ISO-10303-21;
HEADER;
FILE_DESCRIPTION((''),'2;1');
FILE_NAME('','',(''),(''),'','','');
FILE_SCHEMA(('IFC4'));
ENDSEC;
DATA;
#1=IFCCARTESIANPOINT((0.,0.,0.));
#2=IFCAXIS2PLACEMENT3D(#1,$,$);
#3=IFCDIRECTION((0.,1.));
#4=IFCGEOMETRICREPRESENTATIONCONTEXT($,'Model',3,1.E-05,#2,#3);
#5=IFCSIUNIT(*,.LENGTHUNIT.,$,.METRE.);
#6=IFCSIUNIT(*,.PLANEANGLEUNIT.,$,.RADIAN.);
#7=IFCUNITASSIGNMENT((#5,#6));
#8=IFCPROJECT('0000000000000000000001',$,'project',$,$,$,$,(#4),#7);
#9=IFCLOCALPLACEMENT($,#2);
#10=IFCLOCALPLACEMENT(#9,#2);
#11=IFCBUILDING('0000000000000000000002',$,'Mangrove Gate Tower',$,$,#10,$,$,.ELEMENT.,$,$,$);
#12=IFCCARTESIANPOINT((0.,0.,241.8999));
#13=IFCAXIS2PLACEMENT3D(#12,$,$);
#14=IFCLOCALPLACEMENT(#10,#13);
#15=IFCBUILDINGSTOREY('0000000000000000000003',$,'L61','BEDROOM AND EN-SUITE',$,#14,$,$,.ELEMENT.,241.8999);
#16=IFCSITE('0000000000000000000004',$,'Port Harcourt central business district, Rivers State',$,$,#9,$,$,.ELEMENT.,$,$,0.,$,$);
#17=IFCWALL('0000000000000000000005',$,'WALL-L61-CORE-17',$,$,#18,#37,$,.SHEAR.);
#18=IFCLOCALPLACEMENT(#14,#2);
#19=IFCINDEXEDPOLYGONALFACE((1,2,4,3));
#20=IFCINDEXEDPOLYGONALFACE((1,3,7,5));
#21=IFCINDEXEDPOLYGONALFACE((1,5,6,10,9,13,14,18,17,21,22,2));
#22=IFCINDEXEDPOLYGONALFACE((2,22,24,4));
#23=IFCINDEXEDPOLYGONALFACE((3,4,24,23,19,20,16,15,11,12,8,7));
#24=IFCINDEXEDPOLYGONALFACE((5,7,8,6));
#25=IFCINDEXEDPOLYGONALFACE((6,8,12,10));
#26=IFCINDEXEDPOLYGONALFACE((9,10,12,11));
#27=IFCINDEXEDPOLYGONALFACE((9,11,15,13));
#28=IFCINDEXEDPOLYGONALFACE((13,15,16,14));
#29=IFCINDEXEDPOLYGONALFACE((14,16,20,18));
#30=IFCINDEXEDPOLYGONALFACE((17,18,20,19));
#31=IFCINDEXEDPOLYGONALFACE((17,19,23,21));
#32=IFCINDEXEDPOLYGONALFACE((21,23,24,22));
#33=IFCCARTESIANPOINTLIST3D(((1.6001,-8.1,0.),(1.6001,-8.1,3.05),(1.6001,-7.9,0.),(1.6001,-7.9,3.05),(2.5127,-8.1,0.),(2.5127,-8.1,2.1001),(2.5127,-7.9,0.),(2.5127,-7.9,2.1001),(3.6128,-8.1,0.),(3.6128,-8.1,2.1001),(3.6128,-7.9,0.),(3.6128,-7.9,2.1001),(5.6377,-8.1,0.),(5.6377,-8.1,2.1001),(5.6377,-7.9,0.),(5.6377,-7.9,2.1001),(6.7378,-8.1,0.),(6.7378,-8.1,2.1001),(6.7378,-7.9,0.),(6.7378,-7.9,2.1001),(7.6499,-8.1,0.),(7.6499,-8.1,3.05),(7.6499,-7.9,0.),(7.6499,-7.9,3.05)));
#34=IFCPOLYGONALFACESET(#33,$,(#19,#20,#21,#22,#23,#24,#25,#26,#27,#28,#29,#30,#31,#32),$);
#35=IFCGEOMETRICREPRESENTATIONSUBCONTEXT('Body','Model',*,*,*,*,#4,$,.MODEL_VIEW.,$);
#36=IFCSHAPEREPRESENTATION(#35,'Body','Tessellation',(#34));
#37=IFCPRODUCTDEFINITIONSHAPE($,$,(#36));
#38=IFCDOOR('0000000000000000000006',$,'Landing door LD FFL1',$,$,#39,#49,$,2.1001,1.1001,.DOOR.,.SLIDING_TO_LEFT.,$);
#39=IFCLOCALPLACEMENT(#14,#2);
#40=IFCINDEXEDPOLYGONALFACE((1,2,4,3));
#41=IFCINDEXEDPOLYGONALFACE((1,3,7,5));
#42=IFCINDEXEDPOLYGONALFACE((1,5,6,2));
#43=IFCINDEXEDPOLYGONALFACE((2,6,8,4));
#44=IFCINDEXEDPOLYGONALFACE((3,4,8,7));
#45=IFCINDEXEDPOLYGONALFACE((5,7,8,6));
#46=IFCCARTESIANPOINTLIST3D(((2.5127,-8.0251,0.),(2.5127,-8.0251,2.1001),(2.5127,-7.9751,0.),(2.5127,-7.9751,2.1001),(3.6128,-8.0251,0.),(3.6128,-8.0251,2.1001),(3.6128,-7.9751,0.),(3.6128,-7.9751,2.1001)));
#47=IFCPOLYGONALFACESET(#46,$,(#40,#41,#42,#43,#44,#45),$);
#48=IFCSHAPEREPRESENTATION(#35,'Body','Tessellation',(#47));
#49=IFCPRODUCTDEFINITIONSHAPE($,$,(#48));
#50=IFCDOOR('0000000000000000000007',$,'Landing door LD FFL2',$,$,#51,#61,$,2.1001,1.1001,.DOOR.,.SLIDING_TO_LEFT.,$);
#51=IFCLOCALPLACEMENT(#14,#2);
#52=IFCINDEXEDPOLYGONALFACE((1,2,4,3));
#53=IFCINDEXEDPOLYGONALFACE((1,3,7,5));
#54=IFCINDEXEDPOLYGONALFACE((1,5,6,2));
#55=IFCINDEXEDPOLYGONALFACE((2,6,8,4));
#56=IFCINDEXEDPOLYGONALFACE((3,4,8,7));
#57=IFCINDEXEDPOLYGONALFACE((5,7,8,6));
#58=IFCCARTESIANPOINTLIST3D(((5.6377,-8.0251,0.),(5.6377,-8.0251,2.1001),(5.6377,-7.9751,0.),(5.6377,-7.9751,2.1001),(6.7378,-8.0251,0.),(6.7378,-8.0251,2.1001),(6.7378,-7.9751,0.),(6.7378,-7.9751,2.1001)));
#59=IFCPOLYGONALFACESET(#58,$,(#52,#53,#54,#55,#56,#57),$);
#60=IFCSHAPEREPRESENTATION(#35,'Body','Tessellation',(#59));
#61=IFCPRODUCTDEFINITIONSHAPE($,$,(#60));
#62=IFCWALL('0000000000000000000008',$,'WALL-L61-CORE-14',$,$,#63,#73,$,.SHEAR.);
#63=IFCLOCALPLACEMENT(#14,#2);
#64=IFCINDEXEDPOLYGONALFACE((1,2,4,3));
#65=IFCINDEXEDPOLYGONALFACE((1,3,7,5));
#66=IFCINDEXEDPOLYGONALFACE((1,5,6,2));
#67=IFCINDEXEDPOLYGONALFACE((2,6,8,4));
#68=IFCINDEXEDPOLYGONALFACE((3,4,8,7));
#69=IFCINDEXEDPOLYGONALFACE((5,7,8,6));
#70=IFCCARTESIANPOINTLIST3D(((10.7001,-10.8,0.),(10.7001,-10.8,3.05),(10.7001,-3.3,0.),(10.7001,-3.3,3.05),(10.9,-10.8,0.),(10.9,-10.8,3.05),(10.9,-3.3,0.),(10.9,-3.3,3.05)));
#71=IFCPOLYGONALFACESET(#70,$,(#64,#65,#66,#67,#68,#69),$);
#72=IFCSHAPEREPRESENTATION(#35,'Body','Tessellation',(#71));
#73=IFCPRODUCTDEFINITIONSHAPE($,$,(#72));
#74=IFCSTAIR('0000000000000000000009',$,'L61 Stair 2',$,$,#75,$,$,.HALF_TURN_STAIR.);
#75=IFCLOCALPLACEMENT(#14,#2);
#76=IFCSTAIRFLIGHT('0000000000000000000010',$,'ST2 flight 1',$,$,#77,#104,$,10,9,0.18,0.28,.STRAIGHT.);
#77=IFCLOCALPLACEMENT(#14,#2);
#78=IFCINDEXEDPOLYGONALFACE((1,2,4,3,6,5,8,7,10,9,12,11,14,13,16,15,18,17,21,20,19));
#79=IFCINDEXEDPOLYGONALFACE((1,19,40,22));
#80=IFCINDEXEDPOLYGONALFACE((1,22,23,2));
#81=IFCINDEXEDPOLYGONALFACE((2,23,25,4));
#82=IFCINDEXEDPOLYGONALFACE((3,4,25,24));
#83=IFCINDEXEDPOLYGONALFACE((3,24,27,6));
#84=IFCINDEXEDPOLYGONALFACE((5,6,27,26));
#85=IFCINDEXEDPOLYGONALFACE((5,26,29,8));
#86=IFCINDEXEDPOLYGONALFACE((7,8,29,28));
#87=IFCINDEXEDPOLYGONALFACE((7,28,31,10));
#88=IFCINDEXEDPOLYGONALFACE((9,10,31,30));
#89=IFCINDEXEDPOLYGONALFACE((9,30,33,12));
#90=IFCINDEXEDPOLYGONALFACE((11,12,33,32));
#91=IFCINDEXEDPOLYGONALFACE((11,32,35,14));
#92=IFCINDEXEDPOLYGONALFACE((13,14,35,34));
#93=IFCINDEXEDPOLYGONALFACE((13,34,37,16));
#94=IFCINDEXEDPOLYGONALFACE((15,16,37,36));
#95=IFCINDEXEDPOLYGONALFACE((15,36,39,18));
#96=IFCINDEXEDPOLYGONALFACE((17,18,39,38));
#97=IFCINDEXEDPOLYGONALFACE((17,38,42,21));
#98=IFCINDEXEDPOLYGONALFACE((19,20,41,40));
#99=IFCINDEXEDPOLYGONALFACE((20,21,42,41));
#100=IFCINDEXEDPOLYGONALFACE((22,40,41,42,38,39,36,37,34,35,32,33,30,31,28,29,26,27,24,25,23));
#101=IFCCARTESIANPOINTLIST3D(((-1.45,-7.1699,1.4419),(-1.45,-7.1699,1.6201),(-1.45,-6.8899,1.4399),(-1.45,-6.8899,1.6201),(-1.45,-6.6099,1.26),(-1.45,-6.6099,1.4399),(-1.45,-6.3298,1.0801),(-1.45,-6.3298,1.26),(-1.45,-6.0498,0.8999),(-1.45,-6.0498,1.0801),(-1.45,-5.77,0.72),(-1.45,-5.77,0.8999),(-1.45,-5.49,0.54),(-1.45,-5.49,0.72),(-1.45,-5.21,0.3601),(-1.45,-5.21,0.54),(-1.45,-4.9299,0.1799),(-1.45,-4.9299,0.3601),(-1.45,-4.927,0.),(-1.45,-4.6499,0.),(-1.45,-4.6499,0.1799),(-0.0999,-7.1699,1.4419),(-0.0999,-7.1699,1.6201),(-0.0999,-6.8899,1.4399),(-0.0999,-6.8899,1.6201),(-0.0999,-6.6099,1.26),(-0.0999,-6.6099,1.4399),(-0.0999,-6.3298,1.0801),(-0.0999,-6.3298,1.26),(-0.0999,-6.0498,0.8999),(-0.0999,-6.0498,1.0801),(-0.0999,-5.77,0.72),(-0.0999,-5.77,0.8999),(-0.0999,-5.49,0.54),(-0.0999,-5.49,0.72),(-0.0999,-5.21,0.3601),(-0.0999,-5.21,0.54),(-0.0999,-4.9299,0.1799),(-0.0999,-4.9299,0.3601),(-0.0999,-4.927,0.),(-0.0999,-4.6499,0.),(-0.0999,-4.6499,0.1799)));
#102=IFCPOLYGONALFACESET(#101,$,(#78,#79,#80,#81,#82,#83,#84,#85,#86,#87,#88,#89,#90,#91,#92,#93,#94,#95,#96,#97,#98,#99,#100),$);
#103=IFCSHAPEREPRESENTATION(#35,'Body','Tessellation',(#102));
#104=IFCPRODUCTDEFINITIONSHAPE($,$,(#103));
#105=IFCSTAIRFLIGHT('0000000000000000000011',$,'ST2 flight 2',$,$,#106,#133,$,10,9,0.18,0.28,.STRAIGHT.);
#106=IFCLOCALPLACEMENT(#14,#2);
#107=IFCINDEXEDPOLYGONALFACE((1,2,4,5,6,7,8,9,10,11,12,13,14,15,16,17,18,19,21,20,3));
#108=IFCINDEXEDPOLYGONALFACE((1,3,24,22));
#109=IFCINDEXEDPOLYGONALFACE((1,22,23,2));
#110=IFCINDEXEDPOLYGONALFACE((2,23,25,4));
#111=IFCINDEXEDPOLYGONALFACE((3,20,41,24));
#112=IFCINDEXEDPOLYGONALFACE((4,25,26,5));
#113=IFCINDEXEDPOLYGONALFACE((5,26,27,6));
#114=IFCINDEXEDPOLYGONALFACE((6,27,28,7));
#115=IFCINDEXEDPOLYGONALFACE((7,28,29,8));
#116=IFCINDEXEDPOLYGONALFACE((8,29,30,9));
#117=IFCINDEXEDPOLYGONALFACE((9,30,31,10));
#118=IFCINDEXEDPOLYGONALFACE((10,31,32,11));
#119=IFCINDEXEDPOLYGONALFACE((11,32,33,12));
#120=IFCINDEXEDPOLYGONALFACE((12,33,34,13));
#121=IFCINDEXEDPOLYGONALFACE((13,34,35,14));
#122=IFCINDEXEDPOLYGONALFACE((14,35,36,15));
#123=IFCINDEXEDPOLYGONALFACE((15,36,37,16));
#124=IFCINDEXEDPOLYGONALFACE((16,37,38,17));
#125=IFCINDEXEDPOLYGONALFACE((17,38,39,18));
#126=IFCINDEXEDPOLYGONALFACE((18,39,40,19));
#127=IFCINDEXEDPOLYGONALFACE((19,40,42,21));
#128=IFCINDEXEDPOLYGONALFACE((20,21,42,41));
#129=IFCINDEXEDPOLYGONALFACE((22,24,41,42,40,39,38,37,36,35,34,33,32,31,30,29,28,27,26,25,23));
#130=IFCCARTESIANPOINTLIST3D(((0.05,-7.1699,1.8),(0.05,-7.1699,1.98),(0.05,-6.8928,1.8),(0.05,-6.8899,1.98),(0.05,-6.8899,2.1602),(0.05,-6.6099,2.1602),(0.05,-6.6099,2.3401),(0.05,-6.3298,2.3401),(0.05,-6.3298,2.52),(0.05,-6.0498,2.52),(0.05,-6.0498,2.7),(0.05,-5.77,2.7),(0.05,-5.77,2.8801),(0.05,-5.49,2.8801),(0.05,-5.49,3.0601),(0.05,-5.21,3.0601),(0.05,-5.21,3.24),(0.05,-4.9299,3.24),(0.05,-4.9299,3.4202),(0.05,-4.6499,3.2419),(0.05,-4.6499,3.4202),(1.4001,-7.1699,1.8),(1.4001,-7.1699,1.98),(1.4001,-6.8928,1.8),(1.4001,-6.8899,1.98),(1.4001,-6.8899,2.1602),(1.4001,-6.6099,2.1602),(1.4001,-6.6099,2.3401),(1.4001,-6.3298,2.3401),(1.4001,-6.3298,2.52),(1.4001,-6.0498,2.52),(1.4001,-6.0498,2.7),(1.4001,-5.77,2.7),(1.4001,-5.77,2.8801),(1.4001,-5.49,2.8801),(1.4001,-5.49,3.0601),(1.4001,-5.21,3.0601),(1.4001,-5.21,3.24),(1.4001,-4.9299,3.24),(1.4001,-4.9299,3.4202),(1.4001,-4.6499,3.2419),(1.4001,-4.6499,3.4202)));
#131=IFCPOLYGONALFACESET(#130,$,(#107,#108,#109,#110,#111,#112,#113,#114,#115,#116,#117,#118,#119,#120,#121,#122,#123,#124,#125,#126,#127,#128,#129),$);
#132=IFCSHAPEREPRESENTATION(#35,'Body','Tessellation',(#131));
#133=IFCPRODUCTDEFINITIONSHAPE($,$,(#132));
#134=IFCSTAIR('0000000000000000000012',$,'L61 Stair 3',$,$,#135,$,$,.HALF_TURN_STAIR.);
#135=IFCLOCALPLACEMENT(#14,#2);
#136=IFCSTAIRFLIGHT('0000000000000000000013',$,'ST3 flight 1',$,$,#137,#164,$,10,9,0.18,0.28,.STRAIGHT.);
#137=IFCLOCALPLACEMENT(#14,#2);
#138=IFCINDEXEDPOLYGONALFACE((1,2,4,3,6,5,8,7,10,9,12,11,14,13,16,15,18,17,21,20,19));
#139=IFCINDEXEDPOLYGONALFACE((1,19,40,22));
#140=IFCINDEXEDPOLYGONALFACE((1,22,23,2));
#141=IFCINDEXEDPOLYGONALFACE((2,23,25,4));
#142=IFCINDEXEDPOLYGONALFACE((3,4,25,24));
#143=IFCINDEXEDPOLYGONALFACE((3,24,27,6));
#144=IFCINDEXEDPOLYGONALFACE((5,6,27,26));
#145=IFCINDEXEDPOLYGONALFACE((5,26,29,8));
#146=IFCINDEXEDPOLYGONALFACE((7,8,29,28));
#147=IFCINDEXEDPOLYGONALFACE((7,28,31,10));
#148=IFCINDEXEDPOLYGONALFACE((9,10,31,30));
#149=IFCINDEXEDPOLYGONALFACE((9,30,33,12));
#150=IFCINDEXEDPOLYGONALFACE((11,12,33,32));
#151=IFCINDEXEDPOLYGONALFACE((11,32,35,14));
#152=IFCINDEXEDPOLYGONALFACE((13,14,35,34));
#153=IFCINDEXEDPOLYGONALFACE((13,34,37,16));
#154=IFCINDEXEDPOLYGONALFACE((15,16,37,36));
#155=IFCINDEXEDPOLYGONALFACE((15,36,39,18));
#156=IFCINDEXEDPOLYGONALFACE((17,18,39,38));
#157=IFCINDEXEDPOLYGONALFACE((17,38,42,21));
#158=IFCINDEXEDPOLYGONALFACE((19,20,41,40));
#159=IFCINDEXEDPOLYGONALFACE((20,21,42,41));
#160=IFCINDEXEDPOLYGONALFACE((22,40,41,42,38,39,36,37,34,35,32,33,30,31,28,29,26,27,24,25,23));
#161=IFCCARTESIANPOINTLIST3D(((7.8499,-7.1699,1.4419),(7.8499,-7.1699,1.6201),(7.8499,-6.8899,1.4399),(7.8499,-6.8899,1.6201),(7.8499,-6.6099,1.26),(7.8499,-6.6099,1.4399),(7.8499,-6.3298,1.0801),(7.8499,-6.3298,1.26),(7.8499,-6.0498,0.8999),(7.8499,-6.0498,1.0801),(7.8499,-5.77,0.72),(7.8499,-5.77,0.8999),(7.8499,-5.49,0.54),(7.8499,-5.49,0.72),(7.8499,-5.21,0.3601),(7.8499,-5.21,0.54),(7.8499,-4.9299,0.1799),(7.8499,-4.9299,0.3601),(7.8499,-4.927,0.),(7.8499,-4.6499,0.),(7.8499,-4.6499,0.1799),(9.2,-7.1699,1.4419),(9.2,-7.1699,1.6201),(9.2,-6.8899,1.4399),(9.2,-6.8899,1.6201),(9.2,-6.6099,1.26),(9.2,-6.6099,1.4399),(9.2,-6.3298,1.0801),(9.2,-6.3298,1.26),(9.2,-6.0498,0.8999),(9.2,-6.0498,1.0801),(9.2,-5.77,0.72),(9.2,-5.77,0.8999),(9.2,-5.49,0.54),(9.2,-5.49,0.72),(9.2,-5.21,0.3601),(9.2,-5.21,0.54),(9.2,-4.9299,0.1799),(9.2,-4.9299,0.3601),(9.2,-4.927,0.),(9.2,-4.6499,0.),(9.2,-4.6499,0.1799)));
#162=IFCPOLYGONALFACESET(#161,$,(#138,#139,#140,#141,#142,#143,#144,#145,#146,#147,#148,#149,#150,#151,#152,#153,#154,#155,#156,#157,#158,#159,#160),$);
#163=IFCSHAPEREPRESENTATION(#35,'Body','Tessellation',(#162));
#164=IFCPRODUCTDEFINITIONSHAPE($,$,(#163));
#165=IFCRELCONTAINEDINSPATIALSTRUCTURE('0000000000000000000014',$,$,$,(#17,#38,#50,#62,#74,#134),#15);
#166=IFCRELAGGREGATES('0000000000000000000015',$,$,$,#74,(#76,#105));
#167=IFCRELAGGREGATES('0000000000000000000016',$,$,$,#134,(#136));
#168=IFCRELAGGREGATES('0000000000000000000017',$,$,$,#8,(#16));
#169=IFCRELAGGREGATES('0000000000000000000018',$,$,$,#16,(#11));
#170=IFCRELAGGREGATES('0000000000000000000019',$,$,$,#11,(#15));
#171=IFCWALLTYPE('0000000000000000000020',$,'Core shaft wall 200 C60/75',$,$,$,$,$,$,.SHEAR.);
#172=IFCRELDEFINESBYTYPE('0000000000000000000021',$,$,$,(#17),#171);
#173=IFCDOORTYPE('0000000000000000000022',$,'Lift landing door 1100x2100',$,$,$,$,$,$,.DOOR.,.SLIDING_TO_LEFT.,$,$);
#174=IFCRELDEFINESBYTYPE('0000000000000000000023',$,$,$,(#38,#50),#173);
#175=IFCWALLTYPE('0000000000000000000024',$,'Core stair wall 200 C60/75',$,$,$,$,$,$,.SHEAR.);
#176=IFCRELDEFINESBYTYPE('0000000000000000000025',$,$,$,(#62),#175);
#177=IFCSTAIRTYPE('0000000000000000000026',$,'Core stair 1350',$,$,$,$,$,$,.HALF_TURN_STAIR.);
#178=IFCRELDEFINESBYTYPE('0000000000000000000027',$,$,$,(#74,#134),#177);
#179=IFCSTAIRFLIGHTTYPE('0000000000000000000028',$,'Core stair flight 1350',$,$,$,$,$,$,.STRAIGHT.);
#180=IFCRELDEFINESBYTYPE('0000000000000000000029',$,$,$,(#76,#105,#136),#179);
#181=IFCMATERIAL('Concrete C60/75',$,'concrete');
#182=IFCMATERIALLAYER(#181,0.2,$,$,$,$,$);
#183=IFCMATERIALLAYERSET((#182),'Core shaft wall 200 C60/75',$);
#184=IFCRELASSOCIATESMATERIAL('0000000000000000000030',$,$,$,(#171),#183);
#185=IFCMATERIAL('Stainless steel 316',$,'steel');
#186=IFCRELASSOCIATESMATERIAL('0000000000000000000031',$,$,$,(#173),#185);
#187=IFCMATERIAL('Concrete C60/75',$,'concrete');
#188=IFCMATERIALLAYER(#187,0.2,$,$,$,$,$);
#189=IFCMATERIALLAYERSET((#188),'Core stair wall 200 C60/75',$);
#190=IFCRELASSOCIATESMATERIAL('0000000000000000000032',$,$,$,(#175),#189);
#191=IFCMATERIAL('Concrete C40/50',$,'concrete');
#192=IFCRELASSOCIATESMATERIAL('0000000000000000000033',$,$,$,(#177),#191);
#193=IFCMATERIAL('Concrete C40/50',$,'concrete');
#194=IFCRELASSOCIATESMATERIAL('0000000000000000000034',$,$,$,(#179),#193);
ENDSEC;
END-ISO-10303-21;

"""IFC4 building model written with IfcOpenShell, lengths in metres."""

from ifc_helpers import new_model, si_unit, direction, frame, frame_2d, origin, place, context, subcontext, project, spatial, polyline, rectangle, outline, extrude, material, layer, layer_set, type_object, element, fill, aggregate, save


model = new_model("IFC4")

# Units and contexts
model_context = context("Model", 3, precision=1e-05, world=origin(), true_north=direction((0.0, 1.0)))
body_context = subcontext(model_context, "Body", "Model", "MODEL_VIEW")
ifc_project = project(units=[si_unit("LENGTHUNIT", "METRE"), si_unit("PLANEANGLEUNIT", "RADIAN")], contexts=[model_context])

# Site, building, storey
site_placement = place(None, origin())
site = spatial("IfcSite", under=ifc_project, at=site_placement, Name="Port Harcourt central business district, Rivers State", CompositionType="ELEMENT", RefElevation=0.0)
building_placement = place(site_placement, origin())
building = spatial("IfcBuilding", under=site, at=building_placement, Name="Mangrove Gate Tower", CompositionType="ELEMENT")
storey_placement = place(building_placement, frame((0.0, 0.0, 241.8999)))
storey = spatial("IfcBuildingStorey", under=building, at=storey_placement, Name="L61", Description="BEDROOM AND EN-SUITE", CompositionType="ELEMENT", Elevation=241.8999)

# Wall, openings, doors
ifc_material_1 = material(Name="Concrete C60/75", Category="concrete")
ifc_layer_1 = layer(ifc_material_1, 0.2)
ifc_layer_set_1 = layer_set([ifc_layer_1], Name="Core shaft wall 200 C60/75")
wall_type_1 = type_object("IfcWallType", Name="Core shaft wall 200 C60/75", PredefinedType="SHEAR", material=ifc_layer_set_1)
wall_1_placement = place(storey_placement, frame((1.6001, -8.0, 0.0), z_axis=(0.0, 0.0, 1.0), x_axis=(1.0, 0.0, 0.0)))
wall_1 = element("IfcWall", 1, at=wall_1_placement, inside=storey, type_object=wall_type_1, Name="WALL-L61-CORE-17", PredefinedType="SHEAR", context=body_context, shape_type="SweptSolid", body=[
    extrude(rectangle(XDim=6.0498, YDim=0.2, at=frame_2d((3.0249, 0.0))), origin(), (0.0, 0.0, 1.0), 3.05),
])
opening_1_placement = place(wall_1_placement, frame((0.9126, 0.0, 0.0)))
opening_1 = element("IfcOpeningElement", 2, at=opening_1_placement, cuts=wall_1, PredefinedType="OPENING", context=body_context, shape_type="SweptSolid", body=[
    extrude(rectangle(XDim=1.1001, YDim=2.1001, at=frame_2d((0.55, 1.05))), frame((0.0, 0.1099, 0.0), z_axis=(0.0, -1.0, 0.0), x_axis=(1.0, 0.0, 0.0)), (0.0, 0.0, 1.0), 0.22),
])
opening_2_placement = place(wall_1_placement, frame((4.0376, 0.0, 0.0)))
opening_2 = element("IfcOpeningElement", 3, at=opening_2_placement, cuts=wall_1, PredefinedType="OPENING", context=body_context, shape_type="SweptSolid", body=[
    extrude(rectangle(XDim=1.1001, YDim=2.1001, at=frame_2d((0.55, 1.05))), frame((0.0, 0.1099, 0.0), z_axis=(0.0, -1.0, 0.0), x_axis=(1.0, 0.0, 0.0)), (0.0, 0.0, 1.0), 0.22),
])
ifc_material_2 = material(Name="Stainless steel 316", Category="steel")
door_type = type_object("IfcDoorType", Name="Lift landing door 1100x2100", OperationType="SLIDING_TO_LEFT", PredefinedType="DOOR", material=ifc_material_2)
door_1_placement = place(opening_1_placement, origin())
door_1 = element("IfcDoor", 4, at=door_1_placement, inside=storey, type_object=door_type, Name="Landing door LD FFL1", OperationType="SLIDING_TO_LEFT", OverallHeight=2.1001, OverallWidth=1.1001, PredefinedType="DOOR", context=body_context, shape_type="SweptSolid", body=[
    extrude(rectangle(XDim=1.1001, YDim=2.1001, at=frame_2d((0.55, 1.05))), frame((0.0, 0.0249, 0.0), z_axis=(0.0, -1.0, 0.0), x_axis=(1.0, 0.0, 0.0)), (0.0, 0.0, 1.0), 0.05),
])
fill(opening_1, door_1)
door_2_placement = place(opening_2_placement, origin())
door_2 = element("IfcDoor", 5, at=door_2_placement, inside=storey, type_object=door_type, Name="Landing door LD FFL2", OperationType="SLIDING_TO_LEFT", OverallHeight=2.1001, OverallWidth=1.1001, PredefinedType="DOOR", context=body_context, shape_type="SweptSolid", body=[
    extrude(rectangle(XDim=1.1001, YDim=2.1001, at=frame_2d((0.55, 1.05))), frame((0.0, 0.0249, 0.0), z_axis=(0.0, -1.0, 0.0), x_axis=(1.0, 0.0, 0.0)), (0.0, 0.0, 1.0), 0.05),
])
fill(opening_2, door_2)

# Wall
ifc_material_3 = material(Name="Concrete C60/75", Category="concrete")
ifc_layer_2 = layer(ifc_material_3, 0.2)
ifc_layer_set_2 = layer_set([ifc_layer_2], Name="Core stair wall 200 C60/75")
wall_type_2 = type_object("IfcWallType", Name="Core stair wall 200 C60/75", PredefinedType="SHEAR", material=ifc_layer_set_2)
wall_2_placement = place(storey_placement, frame((10.8, -10.8, 0.0), z_axis=(0.0, 0.0, 1.0), x_axis=(0.0, 1.0, 0.0)))
element("IfcWall", 6, at=wall_2_placement, inside=storey, type_object=wall_type_2, Name="WALL-L61-CORE-14", PredefinedType="SHEAR", context=body_context, shape_type="SweptSolid", body=[
    extrude(rectangle(XDim=7.5, YDim=0.2, at=frame_2d((3.75, 0.0))), origin(), (0.0, 0.0, 1.0), 3.05),
])

# Stairs, stair flights
ifc_material_4 = material(Name="Concrete C40/50", Category="concrete")
stair_type = type_object("IfcStairType", Name="Core stair 1350", PredefinedType="HALF_TURN_STAIR", material=ifc_material_4)
stair_1_placement = place(storey_placement, origin())
stair_1 = element("IfcStair", 7, at=stair_1_placement, inside=storey, type_object=stair_type, Name="L61 Stair 2", PredefinedType="HALF_TURN_STAIR")
ifc_material_5 = material(Name="Concrete C40/50", Category="concrete")
stair_flight_type = type_object("IfcStairFlightType", Name="Core stair flight 1350", PredefinedType="STRAIGHT", material=ifc_material_5)
stair_flight_1_placement = place(storey_placement, frame((-0.7749, -4.6499, 0.0), z_axis=(0.0, 0.0, 1.0), x_axis=(0.0, -1.0, 0.0)))
stair_flight_1 = element("IfcStairFlight", 8, at=stair_flight_1_placement, type_object=stair_flight_type, Name="ST2 flight 1", NumberOfRisers=10, NumberOfTreads=9, PredefinedType="STRAIGHT", RiserHeight=0.18, TreadLength=0.28, context=body_context, shape_type="SweptSolid", body=[
    extrude(outline(polyline([(0.0, 0.0), (0.0, 0.1799), (0.28, 0.1799), (0.28, 0.3601), (0.5601, 0.3601), (0.5601, 0.54), (0.8401, 0.54), (0.8401, 0.72), (1.1201, 0.72), (1.1201, 0.8999), (1.3999, 0.8999), (1.3999, 1.0801), (1.6799, 1.0801), (1.6799, 1.26), (1.96, 1.26), (1.96, 1.4399), (2.24, 1.4399), (2.24, 1.6201), (2.52, 1.6201), (2.52, 1.8), (2.52, 1.4419), (0.2771, 0.0), (0.0, 0.0)])), frame((0.0, 0.675, 0.0), z_axis=(0.0, -1.0, 0.0), x_axis=(1.0, 0.0, 0.0)), (0.0, 0.0, 1.0), 1.3501),
])
stair_flight_2_placement = place(storey_placement, frame((0.7251, -7.1699, 1.8), z_axis=(0.0, 0.0, 1.0), x_axis=(0.0, 1.0, 0.0)))
stair_flight_2 = element("IfcStairFlight", 9, at=stair_flight_2_placement, type_object=stair_flight_type, Name="ST2 flight 2", NumberOfRisers=10, NumberOfTreads=9, PredefinedType="STRAIGHT", RiserHeight=0.18, TreadLength=0.28, context=body_context, shape_type="SweptSolid", body=[
    extrude(outline(polyline([(0.0, 0.0), (0.0, 0.1799), (0.28, 0.1799), (0.28, 0.3601), (0.5601, 0.3601), (0.5601, 0.54), (0.8401, 0.54), (0.8401, 0.72), (1.1201, 0.72), (1.1201, 0.8999), (1.3999, 0.8999), (1.3999, 1.0801), (1.6799, 1.0801), (1.6799, 1.26), (1.96, 1.26), (1.96, 1.4399), (2.24, 1.4399), (2.24, 1.6201), (2.52, 1.6201), (2.52, 1.8), (2.52, 1.4419), (0.2771, 0.0), (0.0, 0.0)])), frame((0.0, 0.675, 0.0), z_axis=(0.0, -1.0, 0.0), x_axis=(1.0, 0.0, 0.0)), (0.0, 0.0, 1.0), 1.3501),
])
aggregate(stair_1, [stair_flight_1, stair_flight_2])
stair_2_placement = place(storey_placement, origin())
stair_2 = element("IfcStair", 10, at=stair_2_placement, inside=storey, type_object=stair_type, Name="L61 Stair 3", PredefinedType="HALF_TURN_STAIR")
stair_flight_3_placement = place(storey_placement, frame((8.5249, -4.6499, 0.0), z_axis=(0.0, 0.0, 1.0), x_axis=(0.0, -1.0, 0.0)))
stair_flight_3 = element("IfcStairFlight", 11, at=stair_flight_3_placement, type_object=stair_flight_type, Name="ST3 flight 1", NumberOfRisers=10, NumberOfTreads=9, PredefinedType="STRAIGHT", RiserHeight=0.18, TreadLength=0.28, context=body_context, shape_type="SweptSolid", body=[
    extrude(outline(polyline([(0.0, 0.0), (0.0, 0.1799), (0.28, 0.1799), (0.28, 0.3601), (0.5601, 0.3601), (0.5601, 0.54), (0.8401, 0.54), (0.8401, 0.72), (1.1201, 0.72), (1.1201, 0.8999), (1.3999, 0.8999), (1.3999, 1.0801), (1.6799, 1.0801), (1.6799, 1.26), (1.96, 1.26), (1.96, 1.4399), (2.24, 1.4399), (2.24, 1.6201), (2.52, 1.6201), (2.52, 1.8), (2.52, 1.4419), (0.2771, 0.0), (0.0, 0.0)])), frame((0.0, 0.675, 0.0), z_axis=(0.0, -1.0, 0.0), x_axis=(1.0, 0.0, 0.0)), (0.0, 0.0, 1.0), 1.3501),
])
aggregate(stair_2, [stair_flight_3])

save(model, "model.ifc")
